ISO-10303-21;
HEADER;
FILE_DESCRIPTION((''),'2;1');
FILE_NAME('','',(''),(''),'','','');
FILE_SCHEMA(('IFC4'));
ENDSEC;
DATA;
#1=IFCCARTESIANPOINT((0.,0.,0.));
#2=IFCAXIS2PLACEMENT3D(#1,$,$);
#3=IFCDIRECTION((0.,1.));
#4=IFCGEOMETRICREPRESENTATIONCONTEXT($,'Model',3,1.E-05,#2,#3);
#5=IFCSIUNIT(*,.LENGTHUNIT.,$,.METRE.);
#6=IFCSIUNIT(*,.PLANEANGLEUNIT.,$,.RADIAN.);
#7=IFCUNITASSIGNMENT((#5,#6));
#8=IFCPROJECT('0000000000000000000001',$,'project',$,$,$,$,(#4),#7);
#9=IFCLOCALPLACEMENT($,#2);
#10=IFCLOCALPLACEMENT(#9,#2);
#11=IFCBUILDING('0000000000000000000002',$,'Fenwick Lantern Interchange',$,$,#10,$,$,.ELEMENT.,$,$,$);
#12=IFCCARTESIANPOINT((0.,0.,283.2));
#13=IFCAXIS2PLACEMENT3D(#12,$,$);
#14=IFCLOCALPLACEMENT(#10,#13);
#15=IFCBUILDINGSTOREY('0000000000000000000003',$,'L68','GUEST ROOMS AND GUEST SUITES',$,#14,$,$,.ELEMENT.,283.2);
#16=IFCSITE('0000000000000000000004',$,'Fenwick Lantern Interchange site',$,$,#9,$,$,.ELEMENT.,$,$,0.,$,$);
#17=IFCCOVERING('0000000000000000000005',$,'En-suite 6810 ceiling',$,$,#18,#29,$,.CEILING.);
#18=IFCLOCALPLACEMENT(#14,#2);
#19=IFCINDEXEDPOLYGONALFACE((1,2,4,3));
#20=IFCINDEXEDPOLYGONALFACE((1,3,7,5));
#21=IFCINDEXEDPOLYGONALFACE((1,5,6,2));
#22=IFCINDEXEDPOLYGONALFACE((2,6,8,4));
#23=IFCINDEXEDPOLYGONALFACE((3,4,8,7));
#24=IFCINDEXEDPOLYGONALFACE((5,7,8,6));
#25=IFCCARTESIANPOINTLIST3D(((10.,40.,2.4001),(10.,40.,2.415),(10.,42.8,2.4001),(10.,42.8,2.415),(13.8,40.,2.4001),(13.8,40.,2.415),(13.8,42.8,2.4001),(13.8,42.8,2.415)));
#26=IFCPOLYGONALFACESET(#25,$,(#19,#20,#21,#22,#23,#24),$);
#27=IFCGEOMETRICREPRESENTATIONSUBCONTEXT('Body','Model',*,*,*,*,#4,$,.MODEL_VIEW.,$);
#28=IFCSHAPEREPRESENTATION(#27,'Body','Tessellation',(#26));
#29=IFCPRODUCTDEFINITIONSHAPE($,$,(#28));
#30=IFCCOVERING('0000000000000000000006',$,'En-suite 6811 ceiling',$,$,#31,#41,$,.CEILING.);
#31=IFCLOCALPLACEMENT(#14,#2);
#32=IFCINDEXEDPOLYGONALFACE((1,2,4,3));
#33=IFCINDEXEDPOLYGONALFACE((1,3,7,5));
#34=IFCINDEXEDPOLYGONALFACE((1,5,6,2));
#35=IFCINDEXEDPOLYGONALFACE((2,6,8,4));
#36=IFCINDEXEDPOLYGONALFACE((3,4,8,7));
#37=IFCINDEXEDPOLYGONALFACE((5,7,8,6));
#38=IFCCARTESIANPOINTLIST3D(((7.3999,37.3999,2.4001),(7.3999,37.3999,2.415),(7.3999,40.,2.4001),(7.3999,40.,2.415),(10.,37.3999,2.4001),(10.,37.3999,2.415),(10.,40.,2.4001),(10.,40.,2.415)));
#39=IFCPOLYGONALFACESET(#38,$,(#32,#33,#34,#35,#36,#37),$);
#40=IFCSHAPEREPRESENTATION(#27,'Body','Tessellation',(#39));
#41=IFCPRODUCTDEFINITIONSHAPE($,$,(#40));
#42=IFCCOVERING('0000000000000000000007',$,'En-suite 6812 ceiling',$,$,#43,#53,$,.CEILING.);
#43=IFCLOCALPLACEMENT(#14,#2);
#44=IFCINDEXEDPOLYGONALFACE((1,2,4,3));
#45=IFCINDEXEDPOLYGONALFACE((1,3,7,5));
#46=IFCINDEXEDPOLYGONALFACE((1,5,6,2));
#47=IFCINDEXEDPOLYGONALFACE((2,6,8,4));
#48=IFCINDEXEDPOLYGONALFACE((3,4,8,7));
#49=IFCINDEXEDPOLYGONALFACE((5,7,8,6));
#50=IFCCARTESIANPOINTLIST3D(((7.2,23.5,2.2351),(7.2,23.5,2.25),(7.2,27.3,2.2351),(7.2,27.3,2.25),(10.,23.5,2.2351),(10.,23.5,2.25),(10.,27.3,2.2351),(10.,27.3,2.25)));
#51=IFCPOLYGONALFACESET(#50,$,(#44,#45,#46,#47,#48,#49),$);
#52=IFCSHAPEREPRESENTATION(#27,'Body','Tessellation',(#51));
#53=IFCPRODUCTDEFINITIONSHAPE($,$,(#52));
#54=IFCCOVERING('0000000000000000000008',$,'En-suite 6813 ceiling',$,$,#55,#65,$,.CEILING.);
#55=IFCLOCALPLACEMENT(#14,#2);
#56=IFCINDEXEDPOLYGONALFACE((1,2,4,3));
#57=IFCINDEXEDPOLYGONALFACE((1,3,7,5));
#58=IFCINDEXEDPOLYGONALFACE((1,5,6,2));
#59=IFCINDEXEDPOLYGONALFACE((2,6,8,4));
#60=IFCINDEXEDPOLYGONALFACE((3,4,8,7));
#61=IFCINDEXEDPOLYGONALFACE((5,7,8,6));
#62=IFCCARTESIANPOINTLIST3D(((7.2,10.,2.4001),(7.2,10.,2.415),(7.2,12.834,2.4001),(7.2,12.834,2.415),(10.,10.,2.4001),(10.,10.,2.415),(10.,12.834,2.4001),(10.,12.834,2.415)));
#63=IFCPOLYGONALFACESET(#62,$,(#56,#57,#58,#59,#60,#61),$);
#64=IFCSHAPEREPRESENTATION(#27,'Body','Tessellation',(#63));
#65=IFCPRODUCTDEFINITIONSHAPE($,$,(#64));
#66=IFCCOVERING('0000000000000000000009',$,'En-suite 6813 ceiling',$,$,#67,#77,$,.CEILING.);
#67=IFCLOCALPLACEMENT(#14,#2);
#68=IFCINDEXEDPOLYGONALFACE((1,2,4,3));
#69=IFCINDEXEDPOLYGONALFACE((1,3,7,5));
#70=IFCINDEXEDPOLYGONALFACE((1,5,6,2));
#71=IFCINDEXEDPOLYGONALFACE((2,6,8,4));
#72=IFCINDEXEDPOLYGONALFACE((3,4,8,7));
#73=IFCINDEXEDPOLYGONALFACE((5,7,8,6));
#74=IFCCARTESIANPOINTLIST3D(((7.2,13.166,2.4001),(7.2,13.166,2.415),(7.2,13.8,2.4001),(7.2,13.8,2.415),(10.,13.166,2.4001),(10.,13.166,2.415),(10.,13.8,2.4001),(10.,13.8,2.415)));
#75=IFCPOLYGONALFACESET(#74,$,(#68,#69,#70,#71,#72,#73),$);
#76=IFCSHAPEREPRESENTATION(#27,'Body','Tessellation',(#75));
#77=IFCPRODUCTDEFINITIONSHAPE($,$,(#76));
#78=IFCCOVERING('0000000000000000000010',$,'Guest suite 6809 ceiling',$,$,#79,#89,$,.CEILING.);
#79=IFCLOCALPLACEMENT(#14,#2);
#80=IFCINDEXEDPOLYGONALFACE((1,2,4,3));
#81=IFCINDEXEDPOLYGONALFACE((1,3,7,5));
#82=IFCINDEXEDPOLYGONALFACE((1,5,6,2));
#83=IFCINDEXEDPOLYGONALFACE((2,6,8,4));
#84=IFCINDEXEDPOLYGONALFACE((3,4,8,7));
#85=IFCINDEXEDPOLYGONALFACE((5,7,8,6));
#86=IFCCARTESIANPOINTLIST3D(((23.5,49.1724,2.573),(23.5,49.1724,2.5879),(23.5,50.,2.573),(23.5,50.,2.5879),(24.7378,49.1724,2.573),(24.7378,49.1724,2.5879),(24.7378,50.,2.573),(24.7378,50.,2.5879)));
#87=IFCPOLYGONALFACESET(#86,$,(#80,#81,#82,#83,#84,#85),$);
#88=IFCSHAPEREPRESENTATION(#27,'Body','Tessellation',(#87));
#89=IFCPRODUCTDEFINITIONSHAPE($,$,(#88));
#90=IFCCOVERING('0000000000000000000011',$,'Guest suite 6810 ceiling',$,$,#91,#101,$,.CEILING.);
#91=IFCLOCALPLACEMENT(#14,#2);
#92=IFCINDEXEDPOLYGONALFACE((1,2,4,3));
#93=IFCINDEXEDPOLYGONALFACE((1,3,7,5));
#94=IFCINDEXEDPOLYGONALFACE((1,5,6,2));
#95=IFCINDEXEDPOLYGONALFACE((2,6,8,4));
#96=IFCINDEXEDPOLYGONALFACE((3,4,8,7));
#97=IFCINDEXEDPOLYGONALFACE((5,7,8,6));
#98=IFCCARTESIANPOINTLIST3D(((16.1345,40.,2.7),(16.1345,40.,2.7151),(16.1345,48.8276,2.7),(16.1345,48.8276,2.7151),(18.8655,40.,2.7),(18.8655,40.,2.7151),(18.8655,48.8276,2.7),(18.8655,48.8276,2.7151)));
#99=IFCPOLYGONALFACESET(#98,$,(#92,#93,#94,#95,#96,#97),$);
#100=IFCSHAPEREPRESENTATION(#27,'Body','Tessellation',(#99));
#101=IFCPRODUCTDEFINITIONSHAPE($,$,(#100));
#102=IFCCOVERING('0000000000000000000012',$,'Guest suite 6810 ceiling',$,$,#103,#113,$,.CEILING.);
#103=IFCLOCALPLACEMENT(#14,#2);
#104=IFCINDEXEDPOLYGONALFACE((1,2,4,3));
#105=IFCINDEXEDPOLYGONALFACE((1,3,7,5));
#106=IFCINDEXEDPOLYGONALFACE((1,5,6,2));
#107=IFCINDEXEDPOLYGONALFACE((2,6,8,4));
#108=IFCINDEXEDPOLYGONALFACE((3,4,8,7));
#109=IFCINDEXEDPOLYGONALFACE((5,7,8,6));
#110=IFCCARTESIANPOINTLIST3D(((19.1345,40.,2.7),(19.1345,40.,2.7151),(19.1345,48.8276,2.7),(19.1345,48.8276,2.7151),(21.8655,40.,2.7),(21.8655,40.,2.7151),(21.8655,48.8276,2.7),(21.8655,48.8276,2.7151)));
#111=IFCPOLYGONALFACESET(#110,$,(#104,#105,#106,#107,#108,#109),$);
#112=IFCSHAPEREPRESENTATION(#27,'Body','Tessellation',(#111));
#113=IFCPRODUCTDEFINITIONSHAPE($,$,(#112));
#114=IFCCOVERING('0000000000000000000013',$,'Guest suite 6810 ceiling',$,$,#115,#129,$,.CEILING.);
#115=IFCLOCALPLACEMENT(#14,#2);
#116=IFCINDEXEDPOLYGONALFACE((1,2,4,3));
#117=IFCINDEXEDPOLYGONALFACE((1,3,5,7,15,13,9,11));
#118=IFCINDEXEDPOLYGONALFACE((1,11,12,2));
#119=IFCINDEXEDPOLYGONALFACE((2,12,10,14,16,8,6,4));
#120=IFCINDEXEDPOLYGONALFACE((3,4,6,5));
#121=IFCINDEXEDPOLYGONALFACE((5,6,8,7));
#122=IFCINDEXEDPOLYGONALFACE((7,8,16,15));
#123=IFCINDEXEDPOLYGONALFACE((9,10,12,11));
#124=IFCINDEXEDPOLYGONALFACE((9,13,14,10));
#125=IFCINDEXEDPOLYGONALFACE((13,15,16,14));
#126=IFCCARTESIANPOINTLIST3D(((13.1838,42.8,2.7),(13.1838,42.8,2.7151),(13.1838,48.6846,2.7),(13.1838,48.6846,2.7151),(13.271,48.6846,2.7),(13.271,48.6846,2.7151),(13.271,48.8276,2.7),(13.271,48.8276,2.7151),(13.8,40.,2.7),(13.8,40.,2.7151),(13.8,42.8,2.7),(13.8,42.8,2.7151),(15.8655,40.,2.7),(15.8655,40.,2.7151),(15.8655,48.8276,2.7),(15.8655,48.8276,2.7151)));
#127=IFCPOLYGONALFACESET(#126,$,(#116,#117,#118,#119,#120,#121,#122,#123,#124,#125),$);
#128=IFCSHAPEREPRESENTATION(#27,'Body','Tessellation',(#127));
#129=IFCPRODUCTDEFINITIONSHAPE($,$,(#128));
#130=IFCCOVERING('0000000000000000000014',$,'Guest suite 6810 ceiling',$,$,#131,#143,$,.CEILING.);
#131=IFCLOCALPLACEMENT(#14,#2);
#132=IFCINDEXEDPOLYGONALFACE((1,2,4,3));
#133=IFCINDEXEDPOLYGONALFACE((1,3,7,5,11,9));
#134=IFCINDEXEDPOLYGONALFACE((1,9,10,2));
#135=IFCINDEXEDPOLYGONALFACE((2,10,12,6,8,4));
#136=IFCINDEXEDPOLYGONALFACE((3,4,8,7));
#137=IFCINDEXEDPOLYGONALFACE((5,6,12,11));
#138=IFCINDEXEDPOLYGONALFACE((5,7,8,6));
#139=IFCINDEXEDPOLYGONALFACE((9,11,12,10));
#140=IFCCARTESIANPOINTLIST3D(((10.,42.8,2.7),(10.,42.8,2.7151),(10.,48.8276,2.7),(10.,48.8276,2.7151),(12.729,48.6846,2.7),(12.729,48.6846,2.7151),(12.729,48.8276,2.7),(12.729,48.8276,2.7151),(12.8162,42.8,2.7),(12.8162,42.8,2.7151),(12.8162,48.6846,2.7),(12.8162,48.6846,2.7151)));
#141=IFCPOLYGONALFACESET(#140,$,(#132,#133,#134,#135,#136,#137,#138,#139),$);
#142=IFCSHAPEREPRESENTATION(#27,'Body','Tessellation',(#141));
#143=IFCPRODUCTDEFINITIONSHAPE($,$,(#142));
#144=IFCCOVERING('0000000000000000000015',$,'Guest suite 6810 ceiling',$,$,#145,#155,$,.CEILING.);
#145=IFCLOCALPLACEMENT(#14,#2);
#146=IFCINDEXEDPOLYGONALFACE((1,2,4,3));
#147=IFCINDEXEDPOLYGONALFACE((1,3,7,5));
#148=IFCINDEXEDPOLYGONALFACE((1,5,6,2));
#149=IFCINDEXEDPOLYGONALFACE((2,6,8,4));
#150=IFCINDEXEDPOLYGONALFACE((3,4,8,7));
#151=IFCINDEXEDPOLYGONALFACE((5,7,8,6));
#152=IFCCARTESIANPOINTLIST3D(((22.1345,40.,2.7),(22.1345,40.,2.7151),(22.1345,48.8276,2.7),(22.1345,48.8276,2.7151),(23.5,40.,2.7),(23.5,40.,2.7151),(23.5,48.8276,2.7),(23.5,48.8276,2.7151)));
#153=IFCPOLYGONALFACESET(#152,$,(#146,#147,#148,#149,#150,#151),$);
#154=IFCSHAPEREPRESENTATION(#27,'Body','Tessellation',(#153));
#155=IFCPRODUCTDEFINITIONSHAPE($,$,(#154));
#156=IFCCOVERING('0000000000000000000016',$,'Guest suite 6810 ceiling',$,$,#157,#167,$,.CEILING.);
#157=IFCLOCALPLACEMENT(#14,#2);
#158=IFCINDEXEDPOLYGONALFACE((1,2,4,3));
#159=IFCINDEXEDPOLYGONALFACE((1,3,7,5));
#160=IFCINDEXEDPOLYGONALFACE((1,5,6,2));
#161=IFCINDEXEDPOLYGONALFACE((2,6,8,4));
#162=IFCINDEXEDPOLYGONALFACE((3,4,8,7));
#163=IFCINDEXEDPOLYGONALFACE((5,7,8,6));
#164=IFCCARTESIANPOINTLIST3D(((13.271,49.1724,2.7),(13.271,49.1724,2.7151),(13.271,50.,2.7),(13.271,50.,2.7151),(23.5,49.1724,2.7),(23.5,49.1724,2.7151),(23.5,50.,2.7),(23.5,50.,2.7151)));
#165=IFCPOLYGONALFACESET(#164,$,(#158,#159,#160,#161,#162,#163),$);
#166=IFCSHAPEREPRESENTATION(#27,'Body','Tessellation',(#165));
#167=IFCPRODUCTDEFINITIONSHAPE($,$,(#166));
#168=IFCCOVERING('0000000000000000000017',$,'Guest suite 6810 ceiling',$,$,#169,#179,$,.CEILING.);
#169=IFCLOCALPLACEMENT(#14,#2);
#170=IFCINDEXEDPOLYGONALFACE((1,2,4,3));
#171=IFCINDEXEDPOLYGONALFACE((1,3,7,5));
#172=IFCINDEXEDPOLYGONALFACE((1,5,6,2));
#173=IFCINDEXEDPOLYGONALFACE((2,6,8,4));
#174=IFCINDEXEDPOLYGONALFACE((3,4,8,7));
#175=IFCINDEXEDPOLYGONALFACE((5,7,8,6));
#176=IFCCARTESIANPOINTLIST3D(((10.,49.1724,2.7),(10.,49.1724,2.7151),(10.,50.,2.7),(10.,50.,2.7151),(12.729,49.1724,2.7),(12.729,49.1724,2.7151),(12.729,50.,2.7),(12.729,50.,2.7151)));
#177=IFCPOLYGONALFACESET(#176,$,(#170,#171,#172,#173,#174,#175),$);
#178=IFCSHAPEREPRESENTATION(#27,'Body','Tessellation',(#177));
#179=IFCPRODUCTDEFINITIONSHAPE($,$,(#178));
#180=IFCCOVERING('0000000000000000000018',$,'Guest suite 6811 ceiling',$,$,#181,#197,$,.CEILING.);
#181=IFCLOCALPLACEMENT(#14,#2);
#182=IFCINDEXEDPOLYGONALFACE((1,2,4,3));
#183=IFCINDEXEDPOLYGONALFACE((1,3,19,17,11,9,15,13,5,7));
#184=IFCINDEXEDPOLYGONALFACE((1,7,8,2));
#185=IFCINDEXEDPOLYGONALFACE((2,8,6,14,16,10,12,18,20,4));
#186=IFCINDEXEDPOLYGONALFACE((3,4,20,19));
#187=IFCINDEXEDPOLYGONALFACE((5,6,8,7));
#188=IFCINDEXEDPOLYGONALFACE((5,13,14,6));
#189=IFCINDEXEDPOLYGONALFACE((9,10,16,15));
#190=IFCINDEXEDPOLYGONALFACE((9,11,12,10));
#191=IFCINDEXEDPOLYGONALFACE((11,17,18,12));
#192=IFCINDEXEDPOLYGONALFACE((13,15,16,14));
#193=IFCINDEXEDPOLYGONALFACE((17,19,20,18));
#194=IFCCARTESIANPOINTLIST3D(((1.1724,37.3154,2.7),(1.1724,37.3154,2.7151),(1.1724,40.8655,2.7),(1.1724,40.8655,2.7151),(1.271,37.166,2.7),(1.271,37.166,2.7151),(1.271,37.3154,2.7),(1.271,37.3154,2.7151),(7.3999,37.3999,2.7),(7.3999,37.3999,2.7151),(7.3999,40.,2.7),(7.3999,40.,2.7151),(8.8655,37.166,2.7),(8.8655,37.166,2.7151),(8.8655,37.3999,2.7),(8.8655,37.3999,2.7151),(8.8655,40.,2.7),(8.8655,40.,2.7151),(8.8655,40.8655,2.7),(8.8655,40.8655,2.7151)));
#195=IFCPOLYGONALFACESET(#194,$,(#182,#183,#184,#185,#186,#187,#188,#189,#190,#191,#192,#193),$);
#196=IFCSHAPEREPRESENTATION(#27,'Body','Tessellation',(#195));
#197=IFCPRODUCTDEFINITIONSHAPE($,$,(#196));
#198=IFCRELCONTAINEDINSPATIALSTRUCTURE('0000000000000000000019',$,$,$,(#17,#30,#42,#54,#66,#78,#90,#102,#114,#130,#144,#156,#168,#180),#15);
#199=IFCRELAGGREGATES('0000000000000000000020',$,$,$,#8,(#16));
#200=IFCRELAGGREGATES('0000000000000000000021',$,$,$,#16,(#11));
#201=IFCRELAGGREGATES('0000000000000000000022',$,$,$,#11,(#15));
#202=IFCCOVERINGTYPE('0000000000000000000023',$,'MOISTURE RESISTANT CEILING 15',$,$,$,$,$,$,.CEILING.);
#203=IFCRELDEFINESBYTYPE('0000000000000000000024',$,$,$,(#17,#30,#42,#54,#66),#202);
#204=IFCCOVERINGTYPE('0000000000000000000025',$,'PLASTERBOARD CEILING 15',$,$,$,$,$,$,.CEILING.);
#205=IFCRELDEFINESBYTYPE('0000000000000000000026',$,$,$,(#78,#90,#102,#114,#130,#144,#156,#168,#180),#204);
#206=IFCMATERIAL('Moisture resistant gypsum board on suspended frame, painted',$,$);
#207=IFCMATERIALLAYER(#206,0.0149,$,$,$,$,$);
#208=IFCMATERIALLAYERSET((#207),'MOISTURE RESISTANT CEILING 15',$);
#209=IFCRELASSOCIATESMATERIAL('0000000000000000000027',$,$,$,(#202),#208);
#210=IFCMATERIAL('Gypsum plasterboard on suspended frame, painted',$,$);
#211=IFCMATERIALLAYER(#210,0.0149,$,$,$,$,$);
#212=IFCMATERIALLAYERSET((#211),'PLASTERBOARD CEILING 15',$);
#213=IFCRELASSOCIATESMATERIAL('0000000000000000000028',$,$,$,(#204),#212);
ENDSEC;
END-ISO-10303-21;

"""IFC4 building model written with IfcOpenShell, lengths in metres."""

from ifc_helpers import new_model, si_unit, direction, frame, origin, place, context, subcontext, project, spatial, polyline, outline, extrude, material, layer, layer_set, type_object, element, save


model = new_model("IFC4")

# Units and contexts
model_context = context("Model", 3, precision=1e-05, world=origin(), true_north=direction((0.0, 1.0)))
body_context = subcontext(model_context, "Body", "Model", "MODEL_VIEW")
ifc_project = project(units=[si_unit("LENGTHUNIT", "METRE"), si_unit("PLANEANGLEUNIT", "RADIAN")], contexts=[model_context])

# Site, building, storey
site_placement = place(None, origin())
site = spatial("IfcSite", under=ifc_project, at=site_placement, Name="Fenwick Lantern Interchange site", CompositionType="ELEMENT", RefElevation=0.0)
building_placement = place(site_placement, origin())
building = spatial("IfcBuilding", under=site, at=building_placement, Name="Fenwick Lantern Interchange", CompositionType="ELEMENT")
storey_placement = place(building_placement, frame((0.0, 0.0, 283.2)))
storey = spatial("IfcBuildingStorey", under=building, at=storey_placement, Name="L68", Description="GUEST ROOMS AND GUEST SUITES", CompositionType="ELEMENT", Elevation=283.2)

# Coverings
ifc_material_1 = material(Name="Moisture resistant gypsum board on suspended frame, painted")
ifc_layer_1 = layer(ifc_material_1, 0.0149)
ifc_layer_set_1 = layer_set([ifc_layer_1], Name="MOISTURE RESISTANT CEILING 15")
covering_type_1 = type_object("IfcCoveringType", Name="MOISTURE RESISTANT CEILING 15", PredefinedType="CEILING", material=ifc_layer_set_1)
covering_1_placement = place(storey_placement, frame((0.0, 0.0, 2.4001)))
element("IfcCovering", 1, at=covering_1_placement, inside=storey, type_object=covering_type_1, Name="En-suite 6810 ceiling", PredefinedType="CEILING", context=body_context, shape_type="SweptSolid", body=[
    extrude(outline(polyline([(13.8, 42.8), (10.0, 42.8), (10.0, 40.0), (13.8, 40.0), (13.8, 42.8)])), origin(), (0.0, 0.0, 1.0), 0.0149),
])
covering_2_placement = place(storey_placement, frame((0.0, 0.0, 2.4001)))
element("IfcCovering", 2, at=covering_2_placement, inside=storey, type_object=covering_type_1, Name="En-suite 6811 ceiling", PredefinedType="CEILING", context=body_context, shape_type="SweptSolid", body=[
    extrude(outline(polyline([(7.3999, 40.0), (7.3999, 37.3999), (10.0, 37.3999), (10.0, 40.0), (7.3999, 40.0)])), origin(), (0.0, 0.0, 1.0), 0.0149),
])
covering_3_placement = place(storey_placement, frame((0.0, 0.0, 2.2351)))
element("IfcCovering", 3, at=covering_3_placement, inside=storey, type_object=covering_type_1, Name="En-suite 6812 ceiling", PredefinedType="CEILING", context=body_context, shape_type="SweptSolid", body=[
    extrude(outline(polyline([(7.2, 27.3), (7.2, 23.5), (10.0, 23.5), (10.0, 27.3), (7.2, 27.3)])), origin(), (0.0, 0.0, 1.0), 0.0149),
])
covering_4_placement = place(storey_placement, frame((0.0, 0.0, 2.4001)))
element("IfcCovering", 4, at=covering_4_placement, inside=storey, type_object=covering_type_1, Name="En-suite 6813 ceiling", PredefinedType="CEILING", context=body_context, shape_type="SweptSolid", body=[
    extrude(outline(polyline([(10.0, 10.0), (10.0, 12.834), (7.2, 12.834), (7.2, 10.0), (10.0, 10.0)])), origin(), (0.0, 0.0, 1.0), 0.0149),
])
covering_5_placement = place(storey_placement, frame((0.0, 0.0, 2.4001)))
element("IfcCovering", 5, at=covering_5_placement, inside=storey, type_object=covering_type_1, Name="En-suite 6813 ceiling", PredefinedType="CEILING", context=body_context, shape_type="SweptSolid", body=[
    extrude(outline(polyline([(7.2, 13.8), (7.2, 13.166), (10.0, 13.166), (10.0, 13.8), (7.2, 13.8)])), origin(), (0.0, 0.0, 1.0), 0.0149),
])
ifc_material_2 = material(Name="Gypsum plasterboard on suspended frame, painted")
ifc_layer_2 = layer(ifc_material_2, 0.0149)
ifc_layer_set_2 = layer_set([ifc_layer_2], Name="PLASTERBOARD CEILING 15")
covering_type_2 = type_object("IfcCoveringType", Name="PLASTERBOARD CEILING 15", PredefinedType="CEILING", material=ifc_layer_set_2)
covering_6_placement = place(storey_placement, frame((0.0, 0.0, 2.573)))
element("IfcCovering", 6, at=covering_6_placement, inside=storey, type_object=covering_type_2, Name="Guest suite 6809 ceiling", PredefinedType="CEILING", context=body_context, shape_type="SweptSolid", body=[
    extrude(outline(polyline([(24.7378, 49.1724), (24.7378, 50.0), (23.5, 50.0), (23.5, 49.1724), (24.7378, 49.1724)])), origin(), (0.0, 0.0, 1.0), 0.0149),
])
covering_7_placement = place(storey_placement, frame((0.0, 0.0, 2.7)))
element("IfcCovering", 7, at=covering_7_placement, inside=storey, type_object=covering_type_2, Name="Guest suite 6810 ceiling", PredefinedType="CEILING", context=body_context, shape_type="SweptSolid", body=[
    extrude(outline(polyline([(16.1345, 40.0), (18.8655, 40.0), (18.8655, 48.8276), (16.1345, 48.8276), (16.1345, 40.0)])), origin(), (0.0, 0.0, 1.0), 0.0151),
])
covering_8_placement = place(storey_placement, frame((0.0, 0.0, 2.7)))
element("IfcCovering", 8, at=covering_8_placement, inside=storey, type_object=covering_type_2, Name="Guest suite 6810 ceiling", PredefinedType="CEILING", context=body_context, shape_type="SweptSolid", body=[
    extrude(outline(polyline([(19.1345, 40.0), (21.8655, 40.0), (21.8655, 48.8276), (19.1345, 48.8276), (19.1345, 40.0)])), origin(), (0.0, 0.0, 1.0), 0.0151),
])
covering_9_placement = place(storey_placement, frame((0.0, 0.0, 2.7)))
element("IfcCovering", 9, at=covering_9_placement, inside=storey, type_object=covering_type_2, Name="Guest suite 6810 ceiling", PredefinedType="CEILING", context=body_context, shape_type="SweptSolid", body=[
    extrude(outline(polyline([(13.271, 48.6846), (13.1838, 48.6846), (13.1838, 42.8), (13.8, 42.8), (13.8, 40.0), (15.8655, 40.0), (15.8655, 48.8276), (13.271, 48.8276), (13.271, 48.6846)])), origin(), (0.0, 0.0, 1.0), 0.0151),
])
covering_10_placement = place(storey_placement, frame((0.0, 0.0, 2.7)))
element("IfcCovering", 10, at=covering_10_placement, inside=storey, type_object=covering_type_2, Name="Guest suite 6810 ceiling", PredefinedType="CEILING", context=body_context, shape_type="SweptSolid", body=[
    extrude(outline(polyline([(12.729, 48.6846), (12.729, 48.8276), (10.0, 48.8276), (10.0, 42.8), (12.8162, 42.8), (12.8162, 48.6846), (12.729, 48.6846)])), origin(), (0.0, 0.0, 1.0), 0.0151),
])
covering_11_placement = place(storey_placement, frame((0.0, 0.0, 2.7)))
element("IfcCovering", 11, at=covering_11_placement, inside=storey, type_object=covering_type_2, Name="Guest suite 6810 ceiling", PredefinedType="CEILING", context=body_context, shape_type="SweptSolid", body=[
    extrude(outline(polyline([(23.5, 40.0), (23.5, 48.8276), (22.1345, 48.8276), (22.1345, 40.0), (23.5, 40.0)])), origin(), (0.0, 0.0, 1.0), 0.0151),
])
covering_12_placement = place(storey_placement, frame((0.0, 0.0, 2.7)))
element("IfcCovering", 12, at=covering_12_placement, inside=storey, type_object=covering_type_2, Name="Guest suite 6810 ceiling", PredefinedType="CEILING", context=body_context, shape_type="SweptSolid", body=[
    extrude(outline(polyline([(13.271, 50.0), (13.271, 49.1724), (23.5, 49.1724), (23.5, 50.0), (13.271, 50.0)])), origin(), (0.0, 0.0, 1.0), 0.0151),
])
covering_13_placement = place(storey_placement, frame((0.0, 0.0, 2.7)))
element("IfcCovering", 13, at=covering_13_placement, inside=storey, type_object=covering_type_2, Name="Guest suite 6810 ceiling", PredefinedType="CEILING", context=body_context, shape_type="SweptSolid", body=[
    extrude(outline(polyline([(12.729, 49.1724), (12.729, 50.0), (10.0, 50.0), (10.0, 49.1724), (12.729, 49.1724)])), origin(), (0.0, 0.0, 1.0), 0.0151),
])
covering_14_placement = place(storey_placement, frame((0.0, 0.0, 2.7)))
element("IfcCovering", 14, at=covering_14_placement, inside=storey, type_object=covering_type_2, Name="Guest suite 6811 ceiling", PredefinedType="CEILING", context=body_context, shape_type="SweptSolid", body=[
    extrude(outline(polyline([(7.3999, 40.0), (8.8655, 40.0), (8.8655, 40.8655), (1.1724, 40.8655), (1.1724, 37.3154), (1.271, 37.3154), (1.271, 37.166), (8.8655, 37.166), (8.8655, 37.3999), (7.3999, 37.3999), (7.3999, 40.0)])), origin(), (0.0, 0.0, 1.0), 0.0151),
])

save(model, "model.ifc")
